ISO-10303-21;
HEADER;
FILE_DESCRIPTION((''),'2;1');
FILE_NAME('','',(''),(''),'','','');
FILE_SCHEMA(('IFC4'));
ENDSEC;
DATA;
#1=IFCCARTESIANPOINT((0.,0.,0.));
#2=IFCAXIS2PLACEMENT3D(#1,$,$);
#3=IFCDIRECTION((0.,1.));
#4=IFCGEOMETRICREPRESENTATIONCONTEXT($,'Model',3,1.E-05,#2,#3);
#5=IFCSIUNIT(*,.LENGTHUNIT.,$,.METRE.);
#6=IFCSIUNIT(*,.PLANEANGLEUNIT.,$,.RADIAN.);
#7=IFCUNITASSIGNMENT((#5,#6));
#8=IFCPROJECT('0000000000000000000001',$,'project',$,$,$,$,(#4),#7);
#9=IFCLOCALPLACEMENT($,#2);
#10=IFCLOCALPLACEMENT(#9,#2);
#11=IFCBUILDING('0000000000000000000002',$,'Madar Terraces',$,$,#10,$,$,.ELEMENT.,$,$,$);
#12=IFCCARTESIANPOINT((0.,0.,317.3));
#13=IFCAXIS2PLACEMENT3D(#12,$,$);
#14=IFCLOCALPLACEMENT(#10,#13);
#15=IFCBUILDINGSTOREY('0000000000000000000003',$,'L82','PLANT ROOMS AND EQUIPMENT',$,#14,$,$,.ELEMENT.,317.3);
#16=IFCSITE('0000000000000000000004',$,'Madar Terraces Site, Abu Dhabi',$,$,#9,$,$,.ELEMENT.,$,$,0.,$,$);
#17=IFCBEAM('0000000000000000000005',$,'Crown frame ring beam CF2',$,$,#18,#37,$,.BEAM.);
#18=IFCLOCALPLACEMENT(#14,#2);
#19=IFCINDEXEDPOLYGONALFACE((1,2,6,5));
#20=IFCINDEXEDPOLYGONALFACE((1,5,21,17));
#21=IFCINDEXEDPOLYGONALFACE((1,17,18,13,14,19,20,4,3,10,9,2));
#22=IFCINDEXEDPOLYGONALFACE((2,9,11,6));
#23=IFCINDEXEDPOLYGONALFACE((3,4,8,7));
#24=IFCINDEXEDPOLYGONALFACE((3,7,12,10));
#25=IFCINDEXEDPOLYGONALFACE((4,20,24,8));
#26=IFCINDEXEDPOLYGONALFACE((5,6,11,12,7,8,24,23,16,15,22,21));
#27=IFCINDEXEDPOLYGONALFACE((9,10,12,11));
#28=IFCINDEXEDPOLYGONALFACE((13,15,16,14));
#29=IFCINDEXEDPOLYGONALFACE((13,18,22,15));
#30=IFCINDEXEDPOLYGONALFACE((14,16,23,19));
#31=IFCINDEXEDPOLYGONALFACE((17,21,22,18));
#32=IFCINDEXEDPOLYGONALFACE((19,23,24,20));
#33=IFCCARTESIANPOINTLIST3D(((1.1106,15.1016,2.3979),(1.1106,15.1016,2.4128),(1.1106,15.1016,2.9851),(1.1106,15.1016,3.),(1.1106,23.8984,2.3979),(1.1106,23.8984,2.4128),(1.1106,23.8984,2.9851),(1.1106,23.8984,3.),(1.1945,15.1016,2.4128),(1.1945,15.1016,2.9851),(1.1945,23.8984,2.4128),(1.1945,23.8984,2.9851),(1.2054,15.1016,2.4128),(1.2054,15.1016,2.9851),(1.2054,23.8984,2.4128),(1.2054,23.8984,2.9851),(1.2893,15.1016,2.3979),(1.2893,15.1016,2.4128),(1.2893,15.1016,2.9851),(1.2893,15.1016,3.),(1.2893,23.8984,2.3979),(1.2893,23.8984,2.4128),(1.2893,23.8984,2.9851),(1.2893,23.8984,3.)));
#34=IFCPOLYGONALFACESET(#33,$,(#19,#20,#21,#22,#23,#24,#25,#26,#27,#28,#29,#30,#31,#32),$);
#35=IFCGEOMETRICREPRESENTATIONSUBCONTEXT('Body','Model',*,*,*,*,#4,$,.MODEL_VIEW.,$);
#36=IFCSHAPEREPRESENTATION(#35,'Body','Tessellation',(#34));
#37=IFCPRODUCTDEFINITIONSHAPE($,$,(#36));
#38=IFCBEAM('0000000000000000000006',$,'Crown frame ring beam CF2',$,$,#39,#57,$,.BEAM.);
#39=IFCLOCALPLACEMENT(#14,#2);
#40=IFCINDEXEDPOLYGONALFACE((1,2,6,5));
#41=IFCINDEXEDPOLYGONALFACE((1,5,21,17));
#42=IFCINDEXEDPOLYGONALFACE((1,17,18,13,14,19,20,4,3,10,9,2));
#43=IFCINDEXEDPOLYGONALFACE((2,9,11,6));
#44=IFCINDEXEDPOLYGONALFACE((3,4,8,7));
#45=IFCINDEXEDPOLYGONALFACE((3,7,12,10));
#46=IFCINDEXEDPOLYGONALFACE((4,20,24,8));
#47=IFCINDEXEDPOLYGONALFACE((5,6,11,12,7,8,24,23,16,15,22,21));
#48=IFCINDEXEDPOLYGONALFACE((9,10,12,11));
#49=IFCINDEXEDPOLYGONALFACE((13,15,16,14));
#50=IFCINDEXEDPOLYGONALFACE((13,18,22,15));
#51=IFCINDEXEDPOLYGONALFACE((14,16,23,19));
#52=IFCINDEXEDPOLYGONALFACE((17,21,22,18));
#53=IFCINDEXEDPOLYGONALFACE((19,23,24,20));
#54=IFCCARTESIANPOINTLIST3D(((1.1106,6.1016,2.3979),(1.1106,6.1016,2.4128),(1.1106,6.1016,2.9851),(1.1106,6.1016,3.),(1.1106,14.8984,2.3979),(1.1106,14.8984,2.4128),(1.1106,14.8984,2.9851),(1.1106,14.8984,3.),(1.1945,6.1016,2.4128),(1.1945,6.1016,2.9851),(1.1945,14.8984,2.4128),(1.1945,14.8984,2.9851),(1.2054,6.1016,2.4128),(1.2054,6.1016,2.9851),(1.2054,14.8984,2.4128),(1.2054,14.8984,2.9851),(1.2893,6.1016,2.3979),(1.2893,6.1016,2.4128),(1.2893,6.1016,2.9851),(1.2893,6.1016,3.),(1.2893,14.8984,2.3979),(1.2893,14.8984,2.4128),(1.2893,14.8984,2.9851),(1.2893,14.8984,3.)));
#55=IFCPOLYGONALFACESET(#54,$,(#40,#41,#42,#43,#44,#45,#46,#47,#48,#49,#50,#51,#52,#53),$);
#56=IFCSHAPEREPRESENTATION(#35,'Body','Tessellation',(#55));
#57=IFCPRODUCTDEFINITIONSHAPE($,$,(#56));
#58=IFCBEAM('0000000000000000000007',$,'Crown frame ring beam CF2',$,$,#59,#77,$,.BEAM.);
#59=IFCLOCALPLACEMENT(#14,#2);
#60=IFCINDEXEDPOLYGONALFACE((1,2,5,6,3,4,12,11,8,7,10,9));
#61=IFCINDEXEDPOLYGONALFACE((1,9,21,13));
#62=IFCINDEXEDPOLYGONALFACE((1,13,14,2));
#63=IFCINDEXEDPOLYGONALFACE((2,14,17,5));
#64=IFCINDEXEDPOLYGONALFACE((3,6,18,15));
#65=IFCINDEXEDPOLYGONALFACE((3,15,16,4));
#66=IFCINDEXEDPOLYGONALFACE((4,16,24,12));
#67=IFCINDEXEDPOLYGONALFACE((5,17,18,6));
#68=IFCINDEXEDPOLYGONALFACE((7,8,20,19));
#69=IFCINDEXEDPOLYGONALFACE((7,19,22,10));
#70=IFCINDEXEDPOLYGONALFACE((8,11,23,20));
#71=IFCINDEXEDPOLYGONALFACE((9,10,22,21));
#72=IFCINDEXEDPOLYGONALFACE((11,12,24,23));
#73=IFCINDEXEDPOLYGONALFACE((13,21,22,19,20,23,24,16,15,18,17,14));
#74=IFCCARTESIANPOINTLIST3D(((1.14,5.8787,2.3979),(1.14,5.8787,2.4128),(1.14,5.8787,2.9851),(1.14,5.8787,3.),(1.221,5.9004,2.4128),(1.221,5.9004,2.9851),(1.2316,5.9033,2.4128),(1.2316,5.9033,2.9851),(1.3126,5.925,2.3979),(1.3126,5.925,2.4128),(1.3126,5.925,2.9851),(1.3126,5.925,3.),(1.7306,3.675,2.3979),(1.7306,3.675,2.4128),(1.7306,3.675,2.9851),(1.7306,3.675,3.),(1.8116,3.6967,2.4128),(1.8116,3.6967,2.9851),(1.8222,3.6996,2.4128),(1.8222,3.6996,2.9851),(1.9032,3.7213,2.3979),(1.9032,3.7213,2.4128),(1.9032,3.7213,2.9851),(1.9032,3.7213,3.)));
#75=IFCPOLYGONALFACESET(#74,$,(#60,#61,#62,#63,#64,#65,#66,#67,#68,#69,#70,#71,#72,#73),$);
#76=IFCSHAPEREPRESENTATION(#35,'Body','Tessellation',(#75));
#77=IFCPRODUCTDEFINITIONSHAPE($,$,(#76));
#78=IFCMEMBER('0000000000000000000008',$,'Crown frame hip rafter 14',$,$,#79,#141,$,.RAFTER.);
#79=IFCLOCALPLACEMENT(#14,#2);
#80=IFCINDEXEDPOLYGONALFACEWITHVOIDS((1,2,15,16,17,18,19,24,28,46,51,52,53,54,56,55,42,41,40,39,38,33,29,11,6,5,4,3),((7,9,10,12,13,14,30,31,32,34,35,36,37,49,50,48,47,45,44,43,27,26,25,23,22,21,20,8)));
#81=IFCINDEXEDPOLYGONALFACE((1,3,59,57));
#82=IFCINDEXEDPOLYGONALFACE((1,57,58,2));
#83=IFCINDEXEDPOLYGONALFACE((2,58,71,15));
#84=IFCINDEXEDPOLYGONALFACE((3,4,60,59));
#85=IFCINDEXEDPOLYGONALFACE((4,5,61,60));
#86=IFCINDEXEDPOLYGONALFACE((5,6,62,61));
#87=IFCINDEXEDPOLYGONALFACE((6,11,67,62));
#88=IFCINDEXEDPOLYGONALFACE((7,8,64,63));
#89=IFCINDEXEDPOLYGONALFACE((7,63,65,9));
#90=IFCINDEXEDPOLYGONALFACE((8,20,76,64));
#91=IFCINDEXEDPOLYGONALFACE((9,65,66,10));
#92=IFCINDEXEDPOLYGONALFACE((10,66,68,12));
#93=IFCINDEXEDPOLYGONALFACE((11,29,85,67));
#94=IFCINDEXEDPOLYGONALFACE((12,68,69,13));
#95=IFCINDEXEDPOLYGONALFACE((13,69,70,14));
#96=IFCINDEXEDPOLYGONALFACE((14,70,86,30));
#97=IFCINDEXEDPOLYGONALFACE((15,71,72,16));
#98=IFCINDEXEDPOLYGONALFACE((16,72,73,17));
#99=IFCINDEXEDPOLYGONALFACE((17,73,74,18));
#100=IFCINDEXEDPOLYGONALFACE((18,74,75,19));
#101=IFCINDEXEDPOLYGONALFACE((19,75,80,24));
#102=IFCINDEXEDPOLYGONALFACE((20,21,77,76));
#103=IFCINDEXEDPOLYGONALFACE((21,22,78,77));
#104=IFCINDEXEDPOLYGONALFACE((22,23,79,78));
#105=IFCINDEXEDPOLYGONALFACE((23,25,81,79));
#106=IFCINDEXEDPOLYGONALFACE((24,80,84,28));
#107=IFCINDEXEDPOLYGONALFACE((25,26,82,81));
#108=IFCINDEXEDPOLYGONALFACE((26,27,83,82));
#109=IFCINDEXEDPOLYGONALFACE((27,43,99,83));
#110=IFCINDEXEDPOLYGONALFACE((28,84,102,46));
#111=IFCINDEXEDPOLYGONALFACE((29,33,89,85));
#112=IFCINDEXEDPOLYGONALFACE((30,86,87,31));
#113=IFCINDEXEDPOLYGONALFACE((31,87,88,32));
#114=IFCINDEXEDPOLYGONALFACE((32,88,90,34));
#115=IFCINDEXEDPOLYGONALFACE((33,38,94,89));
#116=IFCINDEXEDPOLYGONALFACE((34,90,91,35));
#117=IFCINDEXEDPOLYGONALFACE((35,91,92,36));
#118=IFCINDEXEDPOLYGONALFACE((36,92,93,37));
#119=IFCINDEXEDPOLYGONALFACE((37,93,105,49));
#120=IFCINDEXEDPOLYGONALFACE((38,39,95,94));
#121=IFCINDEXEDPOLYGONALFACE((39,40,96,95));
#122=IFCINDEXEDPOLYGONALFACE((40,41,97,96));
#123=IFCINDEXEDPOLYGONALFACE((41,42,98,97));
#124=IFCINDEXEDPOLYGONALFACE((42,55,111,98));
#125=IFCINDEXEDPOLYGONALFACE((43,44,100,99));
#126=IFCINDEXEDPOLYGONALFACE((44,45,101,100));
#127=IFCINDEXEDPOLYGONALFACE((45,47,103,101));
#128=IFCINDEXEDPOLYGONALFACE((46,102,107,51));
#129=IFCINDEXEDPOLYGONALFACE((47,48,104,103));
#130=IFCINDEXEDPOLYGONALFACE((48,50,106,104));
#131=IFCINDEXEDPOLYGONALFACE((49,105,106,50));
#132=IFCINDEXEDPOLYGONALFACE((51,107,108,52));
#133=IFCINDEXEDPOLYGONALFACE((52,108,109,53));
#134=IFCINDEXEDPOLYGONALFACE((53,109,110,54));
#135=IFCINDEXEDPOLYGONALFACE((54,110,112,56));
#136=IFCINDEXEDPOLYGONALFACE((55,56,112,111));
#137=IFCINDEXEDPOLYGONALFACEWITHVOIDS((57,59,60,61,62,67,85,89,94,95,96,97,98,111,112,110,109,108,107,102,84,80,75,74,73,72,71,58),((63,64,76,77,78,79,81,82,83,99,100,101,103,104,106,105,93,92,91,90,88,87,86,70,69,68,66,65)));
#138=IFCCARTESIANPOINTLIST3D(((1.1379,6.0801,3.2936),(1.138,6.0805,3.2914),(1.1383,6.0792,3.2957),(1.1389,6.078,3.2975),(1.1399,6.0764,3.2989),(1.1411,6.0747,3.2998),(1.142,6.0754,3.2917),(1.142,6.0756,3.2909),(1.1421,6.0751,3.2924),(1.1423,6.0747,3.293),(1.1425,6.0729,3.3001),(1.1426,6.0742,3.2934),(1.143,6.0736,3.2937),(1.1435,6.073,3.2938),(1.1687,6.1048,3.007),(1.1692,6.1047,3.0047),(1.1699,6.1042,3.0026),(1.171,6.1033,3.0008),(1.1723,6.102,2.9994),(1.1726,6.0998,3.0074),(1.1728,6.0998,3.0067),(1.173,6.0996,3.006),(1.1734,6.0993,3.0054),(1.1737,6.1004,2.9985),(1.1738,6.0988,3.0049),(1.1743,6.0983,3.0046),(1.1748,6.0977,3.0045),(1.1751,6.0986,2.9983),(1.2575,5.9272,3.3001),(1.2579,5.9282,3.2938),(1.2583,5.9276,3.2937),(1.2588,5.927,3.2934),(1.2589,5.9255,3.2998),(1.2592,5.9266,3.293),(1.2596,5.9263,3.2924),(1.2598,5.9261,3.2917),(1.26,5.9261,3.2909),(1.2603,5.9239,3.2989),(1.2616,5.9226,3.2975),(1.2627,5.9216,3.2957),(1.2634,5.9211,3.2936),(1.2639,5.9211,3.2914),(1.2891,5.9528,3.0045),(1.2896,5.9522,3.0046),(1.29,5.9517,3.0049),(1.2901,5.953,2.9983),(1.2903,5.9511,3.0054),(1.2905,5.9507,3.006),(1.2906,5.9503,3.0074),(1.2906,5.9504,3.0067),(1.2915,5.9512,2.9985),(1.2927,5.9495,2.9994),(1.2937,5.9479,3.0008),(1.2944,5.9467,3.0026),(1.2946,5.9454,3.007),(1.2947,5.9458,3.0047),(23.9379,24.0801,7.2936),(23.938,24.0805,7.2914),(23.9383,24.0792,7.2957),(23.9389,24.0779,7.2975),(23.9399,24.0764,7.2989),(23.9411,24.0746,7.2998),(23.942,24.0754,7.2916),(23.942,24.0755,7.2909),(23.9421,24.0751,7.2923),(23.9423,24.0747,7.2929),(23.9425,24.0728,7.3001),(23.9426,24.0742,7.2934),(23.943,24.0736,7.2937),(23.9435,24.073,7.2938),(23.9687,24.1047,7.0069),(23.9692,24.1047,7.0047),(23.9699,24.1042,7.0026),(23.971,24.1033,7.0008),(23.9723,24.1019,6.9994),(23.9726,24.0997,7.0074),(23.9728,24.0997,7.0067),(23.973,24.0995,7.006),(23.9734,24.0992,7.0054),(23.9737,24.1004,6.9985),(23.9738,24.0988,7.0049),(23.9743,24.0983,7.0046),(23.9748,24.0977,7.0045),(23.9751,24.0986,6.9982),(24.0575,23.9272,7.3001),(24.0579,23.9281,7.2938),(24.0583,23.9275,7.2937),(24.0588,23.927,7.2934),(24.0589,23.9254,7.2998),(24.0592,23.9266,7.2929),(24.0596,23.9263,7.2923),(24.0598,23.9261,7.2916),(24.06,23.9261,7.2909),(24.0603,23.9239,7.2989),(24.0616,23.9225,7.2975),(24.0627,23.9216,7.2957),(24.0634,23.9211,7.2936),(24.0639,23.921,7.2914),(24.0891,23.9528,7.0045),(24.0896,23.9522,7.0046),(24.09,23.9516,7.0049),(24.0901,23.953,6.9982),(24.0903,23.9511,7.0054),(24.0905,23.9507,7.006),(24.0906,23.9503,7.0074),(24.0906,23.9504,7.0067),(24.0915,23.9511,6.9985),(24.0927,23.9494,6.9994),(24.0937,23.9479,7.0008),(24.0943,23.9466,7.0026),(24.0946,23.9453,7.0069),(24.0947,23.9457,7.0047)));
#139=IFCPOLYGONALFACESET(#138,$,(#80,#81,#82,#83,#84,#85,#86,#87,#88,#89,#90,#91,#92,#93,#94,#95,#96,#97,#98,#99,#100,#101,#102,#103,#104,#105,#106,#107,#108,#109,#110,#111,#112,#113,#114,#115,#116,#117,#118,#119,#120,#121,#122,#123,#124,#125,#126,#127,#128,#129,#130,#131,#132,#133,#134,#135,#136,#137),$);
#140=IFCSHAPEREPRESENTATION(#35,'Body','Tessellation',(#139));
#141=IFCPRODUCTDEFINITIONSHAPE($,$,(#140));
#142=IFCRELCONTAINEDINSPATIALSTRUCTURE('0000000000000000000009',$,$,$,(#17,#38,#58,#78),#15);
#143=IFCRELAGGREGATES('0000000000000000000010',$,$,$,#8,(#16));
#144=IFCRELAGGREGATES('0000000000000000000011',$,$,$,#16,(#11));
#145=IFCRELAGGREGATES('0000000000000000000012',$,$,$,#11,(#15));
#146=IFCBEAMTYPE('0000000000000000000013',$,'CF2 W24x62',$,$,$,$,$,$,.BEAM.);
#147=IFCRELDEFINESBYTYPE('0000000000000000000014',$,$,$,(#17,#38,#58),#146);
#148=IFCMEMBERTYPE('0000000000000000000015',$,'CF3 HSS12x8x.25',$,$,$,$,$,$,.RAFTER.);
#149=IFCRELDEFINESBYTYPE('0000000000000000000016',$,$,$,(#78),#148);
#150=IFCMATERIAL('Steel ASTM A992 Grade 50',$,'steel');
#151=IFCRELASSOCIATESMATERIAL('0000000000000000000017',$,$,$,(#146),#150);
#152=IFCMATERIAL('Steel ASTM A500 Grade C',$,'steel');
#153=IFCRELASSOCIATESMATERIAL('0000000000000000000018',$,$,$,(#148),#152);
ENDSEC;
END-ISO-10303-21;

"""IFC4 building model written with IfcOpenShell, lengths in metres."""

from ifc_helpers import new_model, si_unit, direction, frame, origin, origin_2d, place, context, subcontext, project, spatial, hollow_rectangle, i_section, extrude, material, material_profile, profile_set, type_object, element, save


model = new_model("IFC4")

# Units and contexts
model_context = context("Model", 3, precision=1e-05, world=origin(), true_north=direction((0.0, 1.0)))
body_context = subcontext(model_context, "Body", "Model", "MODEL_VIEW")
ifc_project = project(units=[si_unit("LENGTHUNIT", "METRE"), si_unit("PLANEANGLEUNIT", "RADIAN")], contexts=[model_context])

# Site, building, storey
site_placement = place(None, origin())
site = spatial("IfcSite", under=ifc_project, at=site_placement, Name="Madar Terraces Site, Abu Dhabi", CompositionType="ELEMENT", RefElevation=0.0)
building_placement = place(site_placement, origin())
building = spatial("IfcBuilding", under=site, at=building_placement, Name="Madar Terraces", CompositionType="ELEMENT")
storey_placement = place(building_placement, frame((0.0, 0.0, 317.3)))
storey = spatial("IfcBuildingStorey", under=building, at=storey_placement, Name="L82", Description="PLANT ROOMS AND EQUIPMENT", CompositionType="ELEMENT", Elevation=317.3)

# Beams
ifc_material_1 = material(Name="Steel ASTM A992 Grade 50", Category="steel")
ifc_material_profile_1 = material_profile(ifc_material_1, i_section(OverallWidth=0.1787, OverallDepth=0.6021, WebThickness=0.011, FlangeThickness=0.0149, at=origin_2d()), Name="W24x62")
ifc_profile_set_1 = profile_set([ifc_material_profile_1], Name="Steel ASTM A992 Grade 50")
beam_type = type_object("IfcBeamType", Name="CF2 W24x62", PredefinedType="BEAM", material=ifc_profile_set_1)
for number, where, z_axis, x_axis, name in (
    (1, (1.2, 23.8984, 2.699), (0.0, -1.0, 0.0), (1.0, 0.0, 0.0), "Crown frame ring beam CF2"),
    (2, (1.2, 14.8984, 2.699), (0.0, -1.0, 0.0), (1.0, 0.0, 0.0), "Crown frame ring beam CF2"),
):
    element("IfcBeam", number, at=place(storey_placement, frame(where, z_axis=z_axis, x_axis=x_axis)), inside=storey, type_object=beam_type, Name=name, PredefinedType="BEAM", context=body_context, shape_type="SweptSolid", body=[
        extrude(i_section(OverallWidth=0.1787, OverallDepth=0.6021, WebThickness=0.011, FlangeThickness=0.0149, at=origin_2d()), origin(), (0.0, 0.0, 1.0), 8.7969),
    ])
beam_placement = place(storey_placement, frame((1.2263, 5.9019, 2.699), z_axis=(0.258868, -0.965913, 0.0), x_axis=(0.965913, 0.258868, 0.0)))
element("IfcBeam", 3, at=beam_placement, inside=storey, type_object=beam_type, Name="Crown frame ring beam CF2", PredefinedType="BEAM", context=body_context, shape_type="SweptSolid", body=[
    extrude(i_section(OverallWidth=0.1787, OverallDepth=0.6021, WebThickness=0.011, FlangeThickness=0.0149, at=origin_2d()), origin(), (0.0, 0.0, 1.0), 2.2815),
])

# Member
ifc_material_2 = material(Name="Steel ASTM A500 Grade C", Category="steel")
ifc_material_profile_2 = material_profile(ifc_material_2, hollow_rectangle(XDim=0.2031, YDim=0.3047, WallThickness=0.0063, InnerFilletRadius=0.0029, OuterFilletRadius=0.0088, at=origin_2d()), Name="HSS12x8x.25")
ifc_profile_set_2 = profile_set([ifc_material_profile_2], Name="Steel ASTM A500 Grade C")
member_type_1 = type_object("IfcMemberType", Name="CF3 HSS12x8x.25", PredefinedType="RAFTER", material=ifc_profile_set_2)
member_1_placement = place(storey_placement, frame((1.2163, 6.0129, 3.1492), z_axis=(0.777547, 0.613851, 0.136411), x_axis=(-0.619643, 0.784883, 0.0)))
element("IfcMember", 4, at=member_1_placement, inside=storey, type_object=member_type_1, Name="Crown frame hip rafter 14", PredefinedType="RAFTER", context=body_context, shape_type="SweptSolid", body=[
    extrude(hollow_rectangle(XDim=0.2031, YDim=0.3047, WallThickness=0.0063, InnerFilletRadius=0.0029, OuterFilletRadius=0.0088, at=origin_2d()), origin(), (0.0, 0.0, 1.0), 29.323),
])

save(model, "model.ifc")
